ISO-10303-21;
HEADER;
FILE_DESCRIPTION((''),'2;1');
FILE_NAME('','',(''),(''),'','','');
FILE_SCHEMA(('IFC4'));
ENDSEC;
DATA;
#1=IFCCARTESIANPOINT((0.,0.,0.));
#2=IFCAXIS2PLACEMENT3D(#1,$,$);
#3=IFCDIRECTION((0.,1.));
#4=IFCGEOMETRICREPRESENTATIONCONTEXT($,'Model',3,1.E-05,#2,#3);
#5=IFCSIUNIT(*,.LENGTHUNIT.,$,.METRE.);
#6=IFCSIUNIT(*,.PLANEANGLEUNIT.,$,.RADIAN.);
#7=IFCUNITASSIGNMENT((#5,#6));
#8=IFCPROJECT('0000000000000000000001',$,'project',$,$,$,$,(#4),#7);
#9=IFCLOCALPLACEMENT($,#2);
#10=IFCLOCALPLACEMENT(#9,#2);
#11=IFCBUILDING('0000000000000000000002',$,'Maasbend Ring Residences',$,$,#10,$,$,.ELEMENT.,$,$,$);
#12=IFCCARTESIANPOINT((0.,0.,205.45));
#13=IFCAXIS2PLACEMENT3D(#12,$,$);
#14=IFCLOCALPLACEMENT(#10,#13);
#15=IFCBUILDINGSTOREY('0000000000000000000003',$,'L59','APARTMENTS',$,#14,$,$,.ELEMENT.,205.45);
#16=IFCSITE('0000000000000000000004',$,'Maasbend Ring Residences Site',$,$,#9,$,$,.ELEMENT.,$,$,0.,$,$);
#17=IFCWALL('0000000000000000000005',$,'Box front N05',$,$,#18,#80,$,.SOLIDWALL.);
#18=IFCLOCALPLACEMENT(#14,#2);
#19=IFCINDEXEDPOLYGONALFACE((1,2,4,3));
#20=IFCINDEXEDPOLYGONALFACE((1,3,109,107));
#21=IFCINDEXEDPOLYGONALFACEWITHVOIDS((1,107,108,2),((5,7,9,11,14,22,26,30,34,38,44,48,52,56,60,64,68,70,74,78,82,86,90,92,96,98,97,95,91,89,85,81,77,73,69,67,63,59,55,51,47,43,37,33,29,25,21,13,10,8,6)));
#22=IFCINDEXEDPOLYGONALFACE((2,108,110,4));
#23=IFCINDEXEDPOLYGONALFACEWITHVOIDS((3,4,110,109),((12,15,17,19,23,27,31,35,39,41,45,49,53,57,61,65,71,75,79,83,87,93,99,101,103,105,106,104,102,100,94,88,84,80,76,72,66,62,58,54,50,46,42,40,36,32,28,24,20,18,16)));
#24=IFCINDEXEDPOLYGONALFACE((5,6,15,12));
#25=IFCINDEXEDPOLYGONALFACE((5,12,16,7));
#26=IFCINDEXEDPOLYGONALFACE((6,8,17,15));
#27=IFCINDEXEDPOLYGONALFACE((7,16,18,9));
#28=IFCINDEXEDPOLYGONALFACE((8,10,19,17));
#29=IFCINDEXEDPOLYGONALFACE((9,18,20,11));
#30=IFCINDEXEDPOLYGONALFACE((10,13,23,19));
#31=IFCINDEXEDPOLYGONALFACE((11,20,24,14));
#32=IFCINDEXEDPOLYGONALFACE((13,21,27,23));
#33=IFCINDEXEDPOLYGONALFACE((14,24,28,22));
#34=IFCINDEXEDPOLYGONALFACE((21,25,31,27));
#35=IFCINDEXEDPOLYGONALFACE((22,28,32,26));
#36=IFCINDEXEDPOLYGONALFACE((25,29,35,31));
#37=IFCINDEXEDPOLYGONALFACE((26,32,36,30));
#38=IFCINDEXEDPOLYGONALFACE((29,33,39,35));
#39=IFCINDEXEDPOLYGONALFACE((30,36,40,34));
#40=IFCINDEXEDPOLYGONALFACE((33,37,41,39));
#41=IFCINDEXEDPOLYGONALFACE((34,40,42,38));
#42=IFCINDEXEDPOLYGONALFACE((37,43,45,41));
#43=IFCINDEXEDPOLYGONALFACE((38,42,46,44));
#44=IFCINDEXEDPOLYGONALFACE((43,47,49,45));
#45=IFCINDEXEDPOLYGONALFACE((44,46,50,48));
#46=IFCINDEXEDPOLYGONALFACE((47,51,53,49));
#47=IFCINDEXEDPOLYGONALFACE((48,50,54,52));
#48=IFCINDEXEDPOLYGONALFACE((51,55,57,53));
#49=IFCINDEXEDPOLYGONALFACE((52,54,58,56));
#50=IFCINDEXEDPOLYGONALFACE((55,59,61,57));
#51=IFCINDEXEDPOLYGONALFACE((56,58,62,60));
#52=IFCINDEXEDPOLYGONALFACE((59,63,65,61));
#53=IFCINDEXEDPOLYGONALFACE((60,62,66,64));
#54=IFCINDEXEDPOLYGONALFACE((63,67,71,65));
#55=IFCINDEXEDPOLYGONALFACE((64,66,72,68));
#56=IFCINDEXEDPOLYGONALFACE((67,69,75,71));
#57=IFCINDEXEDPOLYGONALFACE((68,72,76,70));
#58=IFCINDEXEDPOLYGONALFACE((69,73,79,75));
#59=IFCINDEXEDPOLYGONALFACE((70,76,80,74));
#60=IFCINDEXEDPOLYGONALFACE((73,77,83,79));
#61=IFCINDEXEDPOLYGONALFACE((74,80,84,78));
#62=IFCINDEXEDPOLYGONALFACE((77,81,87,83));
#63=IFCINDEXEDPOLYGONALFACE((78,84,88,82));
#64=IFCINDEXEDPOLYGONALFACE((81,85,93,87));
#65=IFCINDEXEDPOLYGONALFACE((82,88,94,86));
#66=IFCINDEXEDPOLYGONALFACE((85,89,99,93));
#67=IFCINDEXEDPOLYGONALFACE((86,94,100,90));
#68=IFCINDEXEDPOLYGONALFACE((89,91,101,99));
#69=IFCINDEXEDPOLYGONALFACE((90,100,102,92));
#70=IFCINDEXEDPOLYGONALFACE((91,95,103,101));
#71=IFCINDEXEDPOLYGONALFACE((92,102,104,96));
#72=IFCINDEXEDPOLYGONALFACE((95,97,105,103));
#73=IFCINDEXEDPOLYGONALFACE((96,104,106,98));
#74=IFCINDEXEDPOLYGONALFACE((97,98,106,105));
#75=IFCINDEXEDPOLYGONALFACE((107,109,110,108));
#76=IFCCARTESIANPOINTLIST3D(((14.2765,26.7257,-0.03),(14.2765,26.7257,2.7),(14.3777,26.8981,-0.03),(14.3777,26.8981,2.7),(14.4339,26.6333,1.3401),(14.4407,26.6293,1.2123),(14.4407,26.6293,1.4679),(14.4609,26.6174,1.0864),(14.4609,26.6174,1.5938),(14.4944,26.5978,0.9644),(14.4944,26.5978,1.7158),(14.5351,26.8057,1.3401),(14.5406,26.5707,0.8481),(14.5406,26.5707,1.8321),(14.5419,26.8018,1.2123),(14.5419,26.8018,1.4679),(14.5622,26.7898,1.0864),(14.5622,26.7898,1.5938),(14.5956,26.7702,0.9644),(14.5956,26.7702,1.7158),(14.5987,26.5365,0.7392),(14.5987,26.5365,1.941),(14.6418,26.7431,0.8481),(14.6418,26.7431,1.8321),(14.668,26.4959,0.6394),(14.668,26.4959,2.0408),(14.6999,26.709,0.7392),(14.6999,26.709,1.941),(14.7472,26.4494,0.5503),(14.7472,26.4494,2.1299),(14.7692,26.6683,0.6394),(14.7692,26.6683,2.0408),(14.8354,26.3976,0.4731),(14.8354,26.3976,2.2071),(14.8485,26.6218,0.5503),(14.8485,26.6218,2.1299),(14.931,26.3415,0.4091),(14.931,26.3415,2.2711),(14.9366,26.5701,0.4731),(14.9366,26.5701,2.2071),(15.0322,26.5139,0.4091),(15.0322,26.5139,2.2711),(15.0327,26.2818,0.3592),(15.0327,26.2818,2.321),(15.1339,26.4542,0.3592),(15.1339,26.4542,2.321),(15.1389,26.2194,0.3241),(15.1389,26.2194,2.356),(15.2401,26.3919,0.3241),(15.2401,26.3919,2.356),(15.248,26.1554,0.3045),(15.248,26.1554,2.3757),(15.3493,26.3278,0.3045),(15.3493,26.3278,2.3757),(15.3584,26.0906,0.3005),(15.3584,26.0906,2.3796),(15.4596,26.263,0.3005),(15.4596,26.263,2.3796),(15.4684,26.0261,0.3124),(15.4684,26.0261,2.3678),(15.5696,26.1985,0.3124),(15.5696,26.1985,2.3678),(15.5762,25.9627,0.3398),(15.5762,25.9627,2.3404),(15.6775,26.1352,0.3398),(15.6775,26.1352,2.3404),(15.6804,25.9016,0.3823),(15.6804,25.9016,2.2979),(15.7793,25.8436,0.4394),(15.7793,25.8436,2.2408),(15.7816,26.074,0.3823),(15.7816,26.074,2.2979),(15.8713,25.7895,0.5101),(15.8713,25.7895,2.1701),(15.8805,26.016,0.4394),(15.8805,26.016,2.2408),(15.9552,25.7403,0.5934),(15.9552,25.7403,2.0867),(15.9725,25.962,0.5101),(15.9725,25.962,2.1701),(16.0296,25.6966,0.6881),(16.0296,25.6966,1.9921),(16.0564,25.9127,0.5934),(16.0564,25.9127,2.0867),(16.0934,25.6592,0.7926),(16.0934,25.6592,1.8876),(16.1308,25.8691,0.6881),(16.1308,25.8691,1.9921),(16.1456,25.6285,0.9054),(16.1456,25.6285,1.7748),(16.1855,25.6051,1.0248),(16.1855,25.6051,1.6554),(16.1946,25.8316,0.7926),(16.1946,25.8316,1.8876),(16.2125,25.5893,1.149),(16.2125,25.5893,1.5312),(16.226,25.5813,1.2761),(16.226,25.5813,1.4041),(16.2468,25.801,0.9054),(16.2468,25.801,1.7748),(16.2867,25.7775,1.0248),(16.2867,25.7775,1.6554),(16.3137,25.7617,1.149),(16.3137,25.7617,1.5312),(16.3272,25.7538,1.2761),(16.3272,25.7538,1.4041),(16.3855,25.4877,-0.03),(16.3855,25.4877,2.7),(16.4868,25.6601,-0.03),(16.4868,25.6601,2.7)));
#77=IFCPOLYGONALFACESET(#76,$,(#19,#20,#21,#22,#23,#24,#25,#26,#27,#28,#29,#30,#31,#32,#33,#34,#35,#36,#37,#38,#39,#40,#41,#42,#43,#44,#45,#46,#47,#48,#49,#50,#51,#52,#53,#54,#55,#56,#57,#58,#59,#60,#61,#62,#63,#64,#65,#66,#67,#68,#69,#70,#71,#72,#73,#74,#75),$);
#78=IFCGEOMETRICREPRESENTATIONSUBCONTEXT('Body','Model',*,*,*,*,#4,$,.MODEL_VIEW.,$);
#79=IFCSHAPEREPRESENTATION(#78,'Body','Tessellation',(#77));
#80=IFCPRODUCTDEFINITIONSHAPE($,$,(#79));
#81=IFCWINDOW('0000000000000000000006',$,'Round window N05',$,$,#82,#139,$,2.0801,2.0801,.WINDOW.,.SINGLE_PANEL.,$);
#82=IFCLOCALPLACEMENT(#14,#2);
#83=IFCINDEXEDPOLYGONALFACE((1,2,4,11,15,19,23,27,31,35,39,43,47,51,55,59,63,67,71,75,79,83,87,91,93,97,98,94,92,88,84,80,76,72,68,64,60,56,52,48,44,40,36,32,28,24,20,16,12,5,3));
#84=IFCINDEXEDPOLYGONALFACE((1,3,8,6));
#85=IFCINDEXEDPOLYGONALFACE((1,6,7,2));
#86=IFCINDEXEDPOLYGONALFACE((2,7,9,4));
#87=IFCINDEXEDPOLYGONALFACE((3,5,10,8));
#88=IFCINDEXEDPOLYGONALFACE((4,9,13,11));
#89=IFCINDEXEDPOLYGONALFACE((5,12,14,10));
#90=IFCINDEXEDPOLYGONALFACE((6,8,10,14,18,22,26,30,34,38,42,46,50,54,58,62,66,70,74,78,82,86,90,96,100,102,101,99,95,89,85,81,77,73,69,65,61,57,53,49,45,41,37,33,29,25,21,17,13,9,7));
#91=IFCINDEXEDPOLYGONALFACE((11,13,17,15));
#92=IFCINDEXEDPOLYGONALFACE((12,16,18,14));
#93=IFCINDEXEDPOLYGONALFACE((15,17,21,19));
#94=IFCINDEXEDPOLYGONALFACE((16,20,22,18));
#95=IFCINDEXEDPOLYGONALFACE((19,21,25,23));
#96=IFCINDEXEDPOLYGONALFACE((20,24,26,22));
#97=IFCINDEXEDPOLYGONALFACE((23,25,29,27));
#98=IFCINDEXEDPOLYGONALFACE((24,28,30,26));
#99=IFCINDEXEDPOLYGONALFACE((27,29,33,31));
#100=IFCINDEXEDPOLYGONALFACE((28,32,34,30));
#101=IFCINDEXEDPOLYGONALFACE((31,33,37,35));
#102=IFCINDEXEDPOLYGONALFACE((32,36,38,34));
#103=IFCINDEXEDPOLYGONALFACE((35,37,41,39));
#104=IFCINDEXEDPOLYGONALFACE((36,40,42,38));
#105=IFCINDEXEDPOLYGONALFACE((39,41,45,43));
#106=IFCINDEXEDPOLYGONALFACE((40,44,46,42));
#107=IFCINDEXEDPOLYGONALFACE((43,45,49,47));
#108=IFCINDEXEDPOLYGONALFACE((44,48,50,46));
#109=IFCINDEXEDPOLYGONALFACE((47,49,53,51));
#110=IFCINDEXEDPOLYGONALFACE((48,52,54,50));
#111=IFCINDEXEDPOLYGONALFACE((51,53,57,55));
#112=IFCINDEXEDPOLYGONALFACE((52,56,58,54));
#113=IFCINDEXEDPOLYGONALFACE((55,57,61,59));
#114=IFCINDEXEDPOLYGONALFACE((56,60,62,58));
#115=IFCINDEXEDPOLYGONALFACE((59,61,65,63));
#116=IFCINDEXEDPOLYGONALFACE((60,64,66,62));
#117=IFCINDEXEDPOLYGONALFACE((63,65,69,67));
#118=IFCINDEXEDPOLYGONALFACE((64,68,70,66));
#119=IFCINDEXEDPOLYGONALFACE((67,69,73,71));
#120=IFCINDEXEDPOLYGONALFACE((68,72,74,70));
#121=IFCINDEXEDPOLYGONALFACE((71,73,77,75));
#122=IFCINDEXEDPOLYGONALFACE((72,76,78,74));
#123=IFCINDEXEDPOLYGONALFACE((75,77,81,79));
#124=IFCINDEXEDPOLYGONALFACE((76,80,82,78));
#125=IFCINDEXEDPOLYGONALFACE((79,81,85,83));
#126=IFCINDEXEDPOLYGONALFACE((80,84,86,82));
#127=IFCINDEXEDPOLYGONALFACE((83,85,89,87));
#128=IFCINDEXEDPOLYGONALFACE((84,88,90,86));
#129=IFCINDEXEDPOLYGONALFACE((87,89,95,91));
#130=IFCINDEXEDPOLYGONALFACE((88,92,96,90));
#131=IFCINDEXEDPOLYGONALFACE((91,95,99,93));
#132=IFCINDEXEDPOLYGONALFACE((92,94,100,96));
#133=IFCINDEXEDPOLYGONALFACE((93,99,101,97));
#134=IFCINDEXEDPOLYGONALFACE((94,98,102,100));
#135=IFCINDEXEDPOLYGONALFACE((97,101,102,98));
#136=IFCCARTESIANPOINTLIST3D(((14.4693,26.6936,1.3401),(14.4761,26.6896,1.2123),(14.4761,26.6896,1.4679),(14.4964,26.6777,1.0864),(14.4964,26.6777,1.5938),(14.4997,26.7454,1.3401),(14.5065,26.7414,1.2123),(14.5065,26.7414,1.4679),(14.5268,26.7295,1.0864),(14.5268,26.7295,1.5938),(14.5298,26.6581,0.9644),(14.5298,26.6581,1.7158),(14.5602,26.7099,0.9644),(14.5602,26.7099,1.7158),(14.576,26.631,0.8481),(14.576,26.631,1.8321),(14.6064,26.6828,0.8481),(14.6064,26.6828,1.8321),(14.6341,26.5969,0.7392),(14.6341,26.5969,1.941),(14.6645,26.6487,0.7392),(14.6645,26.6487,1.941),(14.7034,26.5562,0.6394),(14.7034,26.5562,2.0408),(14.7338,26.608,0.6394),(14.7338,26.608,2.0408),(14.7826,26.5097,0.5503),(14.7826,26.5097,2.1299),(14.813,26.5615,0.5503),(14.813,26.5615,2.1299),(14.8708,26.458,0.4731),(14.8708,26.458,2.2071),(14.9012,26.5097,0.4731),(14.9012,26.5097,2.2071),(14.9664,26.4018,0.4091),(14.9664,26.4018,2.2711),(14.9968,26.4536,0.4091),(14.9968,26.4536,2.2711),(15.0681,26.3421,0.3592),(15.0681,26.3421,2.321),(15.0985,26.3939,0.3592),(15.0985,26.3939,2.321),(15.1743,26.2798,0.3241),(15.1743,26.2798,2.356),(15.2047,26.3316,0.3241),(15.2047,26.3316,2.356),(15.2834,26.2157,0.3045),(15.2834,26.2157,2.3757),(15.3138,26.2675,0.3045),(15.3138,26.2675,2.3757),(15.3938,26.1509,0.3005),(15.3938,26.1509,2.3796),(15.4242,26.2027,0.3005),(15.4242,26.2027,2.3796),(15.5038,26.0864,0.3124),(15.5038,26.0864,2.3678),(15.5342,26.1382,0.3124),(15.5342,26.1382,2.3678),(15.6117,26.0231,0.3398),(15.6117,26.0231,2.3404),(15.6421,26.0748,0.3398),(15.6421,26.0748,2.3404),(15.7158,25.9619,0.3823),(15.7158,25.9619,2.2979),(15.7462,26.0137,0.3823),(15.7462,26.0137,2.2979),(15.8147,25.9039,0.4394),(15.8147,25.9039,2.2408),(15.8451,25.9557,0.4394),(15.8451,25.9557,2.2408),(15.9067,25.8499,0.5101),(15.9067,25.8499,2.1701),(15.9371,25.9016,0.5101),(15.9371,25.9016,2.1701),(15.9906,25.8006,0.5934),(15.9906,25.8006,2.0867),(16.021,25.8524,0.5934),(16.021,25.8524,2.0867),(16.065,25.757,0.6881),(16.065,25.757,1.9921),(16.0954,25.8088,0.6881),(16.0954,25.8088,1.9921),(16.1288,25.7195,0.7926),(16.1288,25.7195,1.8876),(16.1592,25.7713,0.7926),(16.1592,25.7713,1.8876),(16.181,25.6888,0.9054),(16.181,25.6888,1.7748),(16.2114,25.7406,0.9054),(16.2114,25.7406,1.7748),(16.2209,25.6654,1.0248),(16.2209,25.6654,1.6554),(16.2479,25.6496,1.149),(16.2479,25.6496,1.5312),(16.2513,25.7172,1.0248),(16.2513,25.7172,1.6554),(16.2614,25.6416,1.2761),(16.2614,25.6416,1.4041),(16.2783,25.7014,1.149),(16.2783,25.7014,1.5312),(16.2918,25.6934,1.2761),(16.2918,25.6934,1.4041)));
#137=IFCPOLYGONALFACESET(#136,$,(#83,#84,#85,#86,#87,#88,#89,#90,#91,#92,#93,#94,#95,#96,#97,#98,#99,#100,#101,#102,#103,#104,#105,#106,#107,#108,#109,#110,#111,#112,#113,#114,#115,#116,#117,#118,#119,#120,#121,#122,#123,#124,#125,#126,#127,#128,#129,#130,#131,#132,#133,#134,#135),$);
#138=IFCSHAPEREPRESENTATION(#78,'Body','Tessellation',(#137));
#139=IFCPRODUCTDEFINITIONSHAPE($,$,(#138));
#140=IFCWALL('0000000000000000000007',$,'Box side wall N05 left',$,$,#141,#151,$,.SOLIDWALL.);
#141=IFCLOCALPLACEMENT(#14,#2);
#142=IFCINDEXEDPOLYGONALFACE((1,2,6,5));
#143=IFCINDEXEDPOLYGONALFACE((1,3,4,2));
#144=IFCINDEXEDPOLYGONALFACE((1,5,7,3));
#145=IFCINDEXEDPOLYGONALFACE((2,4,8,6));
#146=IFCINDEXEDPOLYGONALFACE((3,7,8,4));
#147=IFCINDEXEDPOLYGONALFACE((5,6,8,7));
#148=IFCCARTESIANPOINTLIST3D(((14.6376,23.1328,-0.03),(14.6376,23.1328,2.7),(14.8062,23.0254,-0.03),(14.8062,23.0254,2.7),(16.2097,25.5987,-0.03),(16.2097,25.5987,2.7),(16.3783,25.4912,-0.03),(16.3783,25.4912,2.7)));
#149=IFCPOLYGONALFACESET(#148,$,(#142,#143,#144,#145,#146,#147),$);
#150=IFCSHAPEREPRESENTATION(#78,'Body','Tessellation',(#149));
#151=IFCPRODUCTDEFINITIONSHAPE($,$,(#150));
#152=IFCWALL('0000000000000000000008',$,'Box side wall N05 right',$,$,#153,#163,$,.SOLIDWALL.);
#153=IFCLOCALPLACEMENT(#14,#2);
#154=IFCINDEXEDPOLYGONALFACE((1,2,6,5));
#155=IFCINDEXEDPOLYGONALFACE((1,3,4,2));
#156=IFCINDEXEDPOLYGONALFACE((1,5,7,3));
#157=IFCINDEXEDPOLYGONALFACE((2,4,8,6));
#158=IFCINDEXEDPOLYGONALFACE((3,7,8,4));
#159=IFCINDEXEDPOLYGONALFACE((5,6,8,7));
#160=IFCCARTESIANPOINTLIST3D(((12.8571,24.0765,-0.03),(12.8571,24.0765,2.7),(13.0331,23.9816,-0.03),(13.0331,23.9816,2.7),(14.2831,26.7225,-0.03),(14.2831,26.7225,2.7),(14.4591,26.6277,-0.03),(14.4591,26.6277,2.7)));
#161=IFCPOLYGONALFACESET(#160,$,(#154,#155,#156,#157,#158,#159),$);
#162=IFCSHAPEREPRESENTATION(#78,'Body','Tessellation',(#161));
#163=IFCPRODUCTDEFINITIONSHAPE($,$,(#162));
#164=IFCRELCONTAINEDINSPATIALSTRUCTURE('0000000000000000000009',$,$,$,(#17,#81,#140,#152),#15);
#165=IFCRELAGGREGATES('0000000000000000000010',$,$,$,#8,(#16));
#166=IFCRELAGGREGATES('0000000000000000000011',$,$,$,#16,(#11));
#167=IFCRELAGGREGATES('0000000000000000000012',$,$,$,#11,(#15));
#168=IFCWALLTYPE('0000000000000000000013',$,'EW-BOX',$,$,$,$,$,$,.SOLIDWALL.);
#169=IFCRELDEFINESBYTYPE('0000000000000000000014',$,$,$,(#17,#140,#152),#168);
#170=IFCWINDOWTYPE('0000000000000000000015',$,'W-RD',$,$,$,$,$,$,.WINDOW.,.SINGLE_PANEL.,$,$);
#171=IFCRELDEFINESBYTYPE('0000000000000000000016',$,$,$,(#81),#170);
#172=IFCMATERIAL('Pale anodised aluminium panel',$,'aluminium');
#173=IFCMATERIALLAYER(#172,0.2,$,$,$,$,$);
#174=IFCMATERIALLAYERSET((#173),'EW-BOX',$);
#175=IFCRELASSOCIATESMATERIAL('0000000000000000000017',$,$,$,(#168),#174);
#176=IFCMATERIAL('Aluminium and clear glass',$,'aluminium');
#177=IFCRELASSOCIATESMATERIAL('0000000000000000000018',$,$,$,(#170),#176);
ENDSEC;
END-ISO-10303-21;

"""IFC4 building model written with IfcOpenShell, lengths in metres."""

from ifc_helpers import new_model, si_unit, direction, frame, frame_2d, origin, place, context, subcontext, project, spatial, rectangle, circle, extrude, material, layer, layer_set, type_object, element, fill, save


model = new_model("IFC4")

# Units and contexts
model_context = context("Model", 3, precision=1e-05, world=origin(), true_north=direction((0.0, 1.0)))
body_context = subcontext(model_context, "Body", "Model", "MODEL_VIEW")
ifc_project = project(units=[si_unit("LENGTHUNIT", "METRE"), si_unit("PLANEANGLEUNIT", "RADIAN")], contexts=[model_context])

# Site, building, storey
site_placement = place(None, origin())
site = spatial("IfcSite", under=ifc_project, at=site_placement, Name="Maasbend Ring Residences Site", CompositionType="ELEMENT", RefElevation=0.0)
building_placement = place(site_placement, origin())
building = spatial("IfcBuilding", under=site, at=building_placement, Name="Maasbend Ring Residences", CompositionType="ELEMENT")
storey_placement = place(building_placement, frame((0.0, 0.0, 205.45)))
storey = spatial("IfcBuildingStorey", under=building, at=storey_placement, Name="L59", Description="APARTMENTS", CompositionType="ELEMENT", Elevation=205.45)

# Shared definitions
ifc_material_1 = material(Name="Pale anodised aluminium panel", Category="aluminium")
ifc_layer_1 = layer(ifc_material_1, 0.2)
ifc_layer_set_1 = layer_set([ifc_layer_1], Name="EW-BOX")
wall_type_1 = type_object("IfcWallType", Name="EW-BOX", PredefinedType="SOLIDWALL", material=ifc_layer_set_1)
ifc_material_2 = material(Name="Aluminium and clear glass", Category="aluminium")
window_type_1 = type_object("IfcWindowType", Name="W-RD", PartitioningType="SINGLE_PANEL", PredefinedType="WINDOW", material=ifc_material_2)

# Wall, opening, window
wall_1_placement = place(storey_placement, frame((16.436, 25.574, -0.03), z_axis=(0.0, 0.0, 1.0), x_axis=(-0.862403, 0.506222, 0.0)))
wall_1 = element("IfcWall", 1, at=wall_1_placement, inside=storey, type_object=wall_type_1, Name="Box front N05", PredefinedType="SOLIDWALL", context=body_context, shape_type="SweptSolid", body=[
    extrude(rectangle(XDim=2.4456, YDim=0.2, at=frame_2d((1.2227, 0.0))), origin(), (0.0, 0.0, 1.0), 2.73),
])
opening_1_placement = place(wall_1_placement, frame((0.1829, 0.0, 0.3301)))
opening_1 = element("IfcOpeningElement", 2, at=opening_1_placement, cuts=wall_1, PredefinedType="OPENING", context=body_context, shape_type="SweptSolid", body=[
    extrude(circle(Radius=1.04, at=frame_2d((1.04, 1.04))), frame((0.0, 0.1099, 0.0), z_axis=(0.0, -1.0, 0.0), x_axis=(1.0, 0.0, 0.0)), (0.0, 0.0, 1.0), 0.22),
])
window_1_placement = place(opening_1_placement, origin())
window_1 = element("IfcWindow", 3, at=window_1_placement, inside=storey, type_object=window_type_1, Name="Round window N05", OverallHeight=2.0801, OverallWidth=2.0801, PartitioningType="SINGLE_PANEL", PredefinedType="WINDOW", context=body_context, shape_type="SweptSolid", body=[
    extrude(circle(Radius=1.04, at=frame_2d((1.04, 1.04))), frame((0.0, 0.03, 0.0), z_axis=(0.0, -1.0, 0.0), x_axis=(1.0, 0.0, 0.0)), (0.0, 0.0, 1.0), 0.0601),
])
fill(opening_1, window_1)

# Walls
wall_2_placement = place(storey_placement, frame((14.7219, 23.0791, -0.03), z_axis=(0.0, 0.0, 1.0), x_axis=(0.537572, 0.843218, 0.0)))
element("IfcWall", 4, at=wall_2_placement, inside=storey, type_object=wall_type_1, Name="Box side wall N05 left", PredefinedType="SOLIDWALL", context=body_context, shape_type="SweptSolid", body=[
    extrude(rectangle(XDim=2.9243, YDim=0.2, at=frame_2d((1.4622, 0.0))), origin(), (0.0, 0.0, 1.0), 2.73),
])
wall_3_placement = place(storey_placement, frame((12.9451, 24.0291, -0.03), z_axis=(0.0, 0.0, 1.0), x_axis=(0.474424, 0.880296, 0.0)))
element("IfcWall", 5, at=wall_3_placement, inside=storey, type_object=wall_type_1, Name="Box side wall N05 right", PredefinedType="SOLIDWALL", context=body_context, shape_type="SweptSolid", body=[
    extrude(rectangle(XDim=3.0059, YDim=0.2, at=frame_2d((1.5029, 0.0))), origin(), (0.0, 0.0, 1.0), 2.73),
])

save(model, "model.ifc")
